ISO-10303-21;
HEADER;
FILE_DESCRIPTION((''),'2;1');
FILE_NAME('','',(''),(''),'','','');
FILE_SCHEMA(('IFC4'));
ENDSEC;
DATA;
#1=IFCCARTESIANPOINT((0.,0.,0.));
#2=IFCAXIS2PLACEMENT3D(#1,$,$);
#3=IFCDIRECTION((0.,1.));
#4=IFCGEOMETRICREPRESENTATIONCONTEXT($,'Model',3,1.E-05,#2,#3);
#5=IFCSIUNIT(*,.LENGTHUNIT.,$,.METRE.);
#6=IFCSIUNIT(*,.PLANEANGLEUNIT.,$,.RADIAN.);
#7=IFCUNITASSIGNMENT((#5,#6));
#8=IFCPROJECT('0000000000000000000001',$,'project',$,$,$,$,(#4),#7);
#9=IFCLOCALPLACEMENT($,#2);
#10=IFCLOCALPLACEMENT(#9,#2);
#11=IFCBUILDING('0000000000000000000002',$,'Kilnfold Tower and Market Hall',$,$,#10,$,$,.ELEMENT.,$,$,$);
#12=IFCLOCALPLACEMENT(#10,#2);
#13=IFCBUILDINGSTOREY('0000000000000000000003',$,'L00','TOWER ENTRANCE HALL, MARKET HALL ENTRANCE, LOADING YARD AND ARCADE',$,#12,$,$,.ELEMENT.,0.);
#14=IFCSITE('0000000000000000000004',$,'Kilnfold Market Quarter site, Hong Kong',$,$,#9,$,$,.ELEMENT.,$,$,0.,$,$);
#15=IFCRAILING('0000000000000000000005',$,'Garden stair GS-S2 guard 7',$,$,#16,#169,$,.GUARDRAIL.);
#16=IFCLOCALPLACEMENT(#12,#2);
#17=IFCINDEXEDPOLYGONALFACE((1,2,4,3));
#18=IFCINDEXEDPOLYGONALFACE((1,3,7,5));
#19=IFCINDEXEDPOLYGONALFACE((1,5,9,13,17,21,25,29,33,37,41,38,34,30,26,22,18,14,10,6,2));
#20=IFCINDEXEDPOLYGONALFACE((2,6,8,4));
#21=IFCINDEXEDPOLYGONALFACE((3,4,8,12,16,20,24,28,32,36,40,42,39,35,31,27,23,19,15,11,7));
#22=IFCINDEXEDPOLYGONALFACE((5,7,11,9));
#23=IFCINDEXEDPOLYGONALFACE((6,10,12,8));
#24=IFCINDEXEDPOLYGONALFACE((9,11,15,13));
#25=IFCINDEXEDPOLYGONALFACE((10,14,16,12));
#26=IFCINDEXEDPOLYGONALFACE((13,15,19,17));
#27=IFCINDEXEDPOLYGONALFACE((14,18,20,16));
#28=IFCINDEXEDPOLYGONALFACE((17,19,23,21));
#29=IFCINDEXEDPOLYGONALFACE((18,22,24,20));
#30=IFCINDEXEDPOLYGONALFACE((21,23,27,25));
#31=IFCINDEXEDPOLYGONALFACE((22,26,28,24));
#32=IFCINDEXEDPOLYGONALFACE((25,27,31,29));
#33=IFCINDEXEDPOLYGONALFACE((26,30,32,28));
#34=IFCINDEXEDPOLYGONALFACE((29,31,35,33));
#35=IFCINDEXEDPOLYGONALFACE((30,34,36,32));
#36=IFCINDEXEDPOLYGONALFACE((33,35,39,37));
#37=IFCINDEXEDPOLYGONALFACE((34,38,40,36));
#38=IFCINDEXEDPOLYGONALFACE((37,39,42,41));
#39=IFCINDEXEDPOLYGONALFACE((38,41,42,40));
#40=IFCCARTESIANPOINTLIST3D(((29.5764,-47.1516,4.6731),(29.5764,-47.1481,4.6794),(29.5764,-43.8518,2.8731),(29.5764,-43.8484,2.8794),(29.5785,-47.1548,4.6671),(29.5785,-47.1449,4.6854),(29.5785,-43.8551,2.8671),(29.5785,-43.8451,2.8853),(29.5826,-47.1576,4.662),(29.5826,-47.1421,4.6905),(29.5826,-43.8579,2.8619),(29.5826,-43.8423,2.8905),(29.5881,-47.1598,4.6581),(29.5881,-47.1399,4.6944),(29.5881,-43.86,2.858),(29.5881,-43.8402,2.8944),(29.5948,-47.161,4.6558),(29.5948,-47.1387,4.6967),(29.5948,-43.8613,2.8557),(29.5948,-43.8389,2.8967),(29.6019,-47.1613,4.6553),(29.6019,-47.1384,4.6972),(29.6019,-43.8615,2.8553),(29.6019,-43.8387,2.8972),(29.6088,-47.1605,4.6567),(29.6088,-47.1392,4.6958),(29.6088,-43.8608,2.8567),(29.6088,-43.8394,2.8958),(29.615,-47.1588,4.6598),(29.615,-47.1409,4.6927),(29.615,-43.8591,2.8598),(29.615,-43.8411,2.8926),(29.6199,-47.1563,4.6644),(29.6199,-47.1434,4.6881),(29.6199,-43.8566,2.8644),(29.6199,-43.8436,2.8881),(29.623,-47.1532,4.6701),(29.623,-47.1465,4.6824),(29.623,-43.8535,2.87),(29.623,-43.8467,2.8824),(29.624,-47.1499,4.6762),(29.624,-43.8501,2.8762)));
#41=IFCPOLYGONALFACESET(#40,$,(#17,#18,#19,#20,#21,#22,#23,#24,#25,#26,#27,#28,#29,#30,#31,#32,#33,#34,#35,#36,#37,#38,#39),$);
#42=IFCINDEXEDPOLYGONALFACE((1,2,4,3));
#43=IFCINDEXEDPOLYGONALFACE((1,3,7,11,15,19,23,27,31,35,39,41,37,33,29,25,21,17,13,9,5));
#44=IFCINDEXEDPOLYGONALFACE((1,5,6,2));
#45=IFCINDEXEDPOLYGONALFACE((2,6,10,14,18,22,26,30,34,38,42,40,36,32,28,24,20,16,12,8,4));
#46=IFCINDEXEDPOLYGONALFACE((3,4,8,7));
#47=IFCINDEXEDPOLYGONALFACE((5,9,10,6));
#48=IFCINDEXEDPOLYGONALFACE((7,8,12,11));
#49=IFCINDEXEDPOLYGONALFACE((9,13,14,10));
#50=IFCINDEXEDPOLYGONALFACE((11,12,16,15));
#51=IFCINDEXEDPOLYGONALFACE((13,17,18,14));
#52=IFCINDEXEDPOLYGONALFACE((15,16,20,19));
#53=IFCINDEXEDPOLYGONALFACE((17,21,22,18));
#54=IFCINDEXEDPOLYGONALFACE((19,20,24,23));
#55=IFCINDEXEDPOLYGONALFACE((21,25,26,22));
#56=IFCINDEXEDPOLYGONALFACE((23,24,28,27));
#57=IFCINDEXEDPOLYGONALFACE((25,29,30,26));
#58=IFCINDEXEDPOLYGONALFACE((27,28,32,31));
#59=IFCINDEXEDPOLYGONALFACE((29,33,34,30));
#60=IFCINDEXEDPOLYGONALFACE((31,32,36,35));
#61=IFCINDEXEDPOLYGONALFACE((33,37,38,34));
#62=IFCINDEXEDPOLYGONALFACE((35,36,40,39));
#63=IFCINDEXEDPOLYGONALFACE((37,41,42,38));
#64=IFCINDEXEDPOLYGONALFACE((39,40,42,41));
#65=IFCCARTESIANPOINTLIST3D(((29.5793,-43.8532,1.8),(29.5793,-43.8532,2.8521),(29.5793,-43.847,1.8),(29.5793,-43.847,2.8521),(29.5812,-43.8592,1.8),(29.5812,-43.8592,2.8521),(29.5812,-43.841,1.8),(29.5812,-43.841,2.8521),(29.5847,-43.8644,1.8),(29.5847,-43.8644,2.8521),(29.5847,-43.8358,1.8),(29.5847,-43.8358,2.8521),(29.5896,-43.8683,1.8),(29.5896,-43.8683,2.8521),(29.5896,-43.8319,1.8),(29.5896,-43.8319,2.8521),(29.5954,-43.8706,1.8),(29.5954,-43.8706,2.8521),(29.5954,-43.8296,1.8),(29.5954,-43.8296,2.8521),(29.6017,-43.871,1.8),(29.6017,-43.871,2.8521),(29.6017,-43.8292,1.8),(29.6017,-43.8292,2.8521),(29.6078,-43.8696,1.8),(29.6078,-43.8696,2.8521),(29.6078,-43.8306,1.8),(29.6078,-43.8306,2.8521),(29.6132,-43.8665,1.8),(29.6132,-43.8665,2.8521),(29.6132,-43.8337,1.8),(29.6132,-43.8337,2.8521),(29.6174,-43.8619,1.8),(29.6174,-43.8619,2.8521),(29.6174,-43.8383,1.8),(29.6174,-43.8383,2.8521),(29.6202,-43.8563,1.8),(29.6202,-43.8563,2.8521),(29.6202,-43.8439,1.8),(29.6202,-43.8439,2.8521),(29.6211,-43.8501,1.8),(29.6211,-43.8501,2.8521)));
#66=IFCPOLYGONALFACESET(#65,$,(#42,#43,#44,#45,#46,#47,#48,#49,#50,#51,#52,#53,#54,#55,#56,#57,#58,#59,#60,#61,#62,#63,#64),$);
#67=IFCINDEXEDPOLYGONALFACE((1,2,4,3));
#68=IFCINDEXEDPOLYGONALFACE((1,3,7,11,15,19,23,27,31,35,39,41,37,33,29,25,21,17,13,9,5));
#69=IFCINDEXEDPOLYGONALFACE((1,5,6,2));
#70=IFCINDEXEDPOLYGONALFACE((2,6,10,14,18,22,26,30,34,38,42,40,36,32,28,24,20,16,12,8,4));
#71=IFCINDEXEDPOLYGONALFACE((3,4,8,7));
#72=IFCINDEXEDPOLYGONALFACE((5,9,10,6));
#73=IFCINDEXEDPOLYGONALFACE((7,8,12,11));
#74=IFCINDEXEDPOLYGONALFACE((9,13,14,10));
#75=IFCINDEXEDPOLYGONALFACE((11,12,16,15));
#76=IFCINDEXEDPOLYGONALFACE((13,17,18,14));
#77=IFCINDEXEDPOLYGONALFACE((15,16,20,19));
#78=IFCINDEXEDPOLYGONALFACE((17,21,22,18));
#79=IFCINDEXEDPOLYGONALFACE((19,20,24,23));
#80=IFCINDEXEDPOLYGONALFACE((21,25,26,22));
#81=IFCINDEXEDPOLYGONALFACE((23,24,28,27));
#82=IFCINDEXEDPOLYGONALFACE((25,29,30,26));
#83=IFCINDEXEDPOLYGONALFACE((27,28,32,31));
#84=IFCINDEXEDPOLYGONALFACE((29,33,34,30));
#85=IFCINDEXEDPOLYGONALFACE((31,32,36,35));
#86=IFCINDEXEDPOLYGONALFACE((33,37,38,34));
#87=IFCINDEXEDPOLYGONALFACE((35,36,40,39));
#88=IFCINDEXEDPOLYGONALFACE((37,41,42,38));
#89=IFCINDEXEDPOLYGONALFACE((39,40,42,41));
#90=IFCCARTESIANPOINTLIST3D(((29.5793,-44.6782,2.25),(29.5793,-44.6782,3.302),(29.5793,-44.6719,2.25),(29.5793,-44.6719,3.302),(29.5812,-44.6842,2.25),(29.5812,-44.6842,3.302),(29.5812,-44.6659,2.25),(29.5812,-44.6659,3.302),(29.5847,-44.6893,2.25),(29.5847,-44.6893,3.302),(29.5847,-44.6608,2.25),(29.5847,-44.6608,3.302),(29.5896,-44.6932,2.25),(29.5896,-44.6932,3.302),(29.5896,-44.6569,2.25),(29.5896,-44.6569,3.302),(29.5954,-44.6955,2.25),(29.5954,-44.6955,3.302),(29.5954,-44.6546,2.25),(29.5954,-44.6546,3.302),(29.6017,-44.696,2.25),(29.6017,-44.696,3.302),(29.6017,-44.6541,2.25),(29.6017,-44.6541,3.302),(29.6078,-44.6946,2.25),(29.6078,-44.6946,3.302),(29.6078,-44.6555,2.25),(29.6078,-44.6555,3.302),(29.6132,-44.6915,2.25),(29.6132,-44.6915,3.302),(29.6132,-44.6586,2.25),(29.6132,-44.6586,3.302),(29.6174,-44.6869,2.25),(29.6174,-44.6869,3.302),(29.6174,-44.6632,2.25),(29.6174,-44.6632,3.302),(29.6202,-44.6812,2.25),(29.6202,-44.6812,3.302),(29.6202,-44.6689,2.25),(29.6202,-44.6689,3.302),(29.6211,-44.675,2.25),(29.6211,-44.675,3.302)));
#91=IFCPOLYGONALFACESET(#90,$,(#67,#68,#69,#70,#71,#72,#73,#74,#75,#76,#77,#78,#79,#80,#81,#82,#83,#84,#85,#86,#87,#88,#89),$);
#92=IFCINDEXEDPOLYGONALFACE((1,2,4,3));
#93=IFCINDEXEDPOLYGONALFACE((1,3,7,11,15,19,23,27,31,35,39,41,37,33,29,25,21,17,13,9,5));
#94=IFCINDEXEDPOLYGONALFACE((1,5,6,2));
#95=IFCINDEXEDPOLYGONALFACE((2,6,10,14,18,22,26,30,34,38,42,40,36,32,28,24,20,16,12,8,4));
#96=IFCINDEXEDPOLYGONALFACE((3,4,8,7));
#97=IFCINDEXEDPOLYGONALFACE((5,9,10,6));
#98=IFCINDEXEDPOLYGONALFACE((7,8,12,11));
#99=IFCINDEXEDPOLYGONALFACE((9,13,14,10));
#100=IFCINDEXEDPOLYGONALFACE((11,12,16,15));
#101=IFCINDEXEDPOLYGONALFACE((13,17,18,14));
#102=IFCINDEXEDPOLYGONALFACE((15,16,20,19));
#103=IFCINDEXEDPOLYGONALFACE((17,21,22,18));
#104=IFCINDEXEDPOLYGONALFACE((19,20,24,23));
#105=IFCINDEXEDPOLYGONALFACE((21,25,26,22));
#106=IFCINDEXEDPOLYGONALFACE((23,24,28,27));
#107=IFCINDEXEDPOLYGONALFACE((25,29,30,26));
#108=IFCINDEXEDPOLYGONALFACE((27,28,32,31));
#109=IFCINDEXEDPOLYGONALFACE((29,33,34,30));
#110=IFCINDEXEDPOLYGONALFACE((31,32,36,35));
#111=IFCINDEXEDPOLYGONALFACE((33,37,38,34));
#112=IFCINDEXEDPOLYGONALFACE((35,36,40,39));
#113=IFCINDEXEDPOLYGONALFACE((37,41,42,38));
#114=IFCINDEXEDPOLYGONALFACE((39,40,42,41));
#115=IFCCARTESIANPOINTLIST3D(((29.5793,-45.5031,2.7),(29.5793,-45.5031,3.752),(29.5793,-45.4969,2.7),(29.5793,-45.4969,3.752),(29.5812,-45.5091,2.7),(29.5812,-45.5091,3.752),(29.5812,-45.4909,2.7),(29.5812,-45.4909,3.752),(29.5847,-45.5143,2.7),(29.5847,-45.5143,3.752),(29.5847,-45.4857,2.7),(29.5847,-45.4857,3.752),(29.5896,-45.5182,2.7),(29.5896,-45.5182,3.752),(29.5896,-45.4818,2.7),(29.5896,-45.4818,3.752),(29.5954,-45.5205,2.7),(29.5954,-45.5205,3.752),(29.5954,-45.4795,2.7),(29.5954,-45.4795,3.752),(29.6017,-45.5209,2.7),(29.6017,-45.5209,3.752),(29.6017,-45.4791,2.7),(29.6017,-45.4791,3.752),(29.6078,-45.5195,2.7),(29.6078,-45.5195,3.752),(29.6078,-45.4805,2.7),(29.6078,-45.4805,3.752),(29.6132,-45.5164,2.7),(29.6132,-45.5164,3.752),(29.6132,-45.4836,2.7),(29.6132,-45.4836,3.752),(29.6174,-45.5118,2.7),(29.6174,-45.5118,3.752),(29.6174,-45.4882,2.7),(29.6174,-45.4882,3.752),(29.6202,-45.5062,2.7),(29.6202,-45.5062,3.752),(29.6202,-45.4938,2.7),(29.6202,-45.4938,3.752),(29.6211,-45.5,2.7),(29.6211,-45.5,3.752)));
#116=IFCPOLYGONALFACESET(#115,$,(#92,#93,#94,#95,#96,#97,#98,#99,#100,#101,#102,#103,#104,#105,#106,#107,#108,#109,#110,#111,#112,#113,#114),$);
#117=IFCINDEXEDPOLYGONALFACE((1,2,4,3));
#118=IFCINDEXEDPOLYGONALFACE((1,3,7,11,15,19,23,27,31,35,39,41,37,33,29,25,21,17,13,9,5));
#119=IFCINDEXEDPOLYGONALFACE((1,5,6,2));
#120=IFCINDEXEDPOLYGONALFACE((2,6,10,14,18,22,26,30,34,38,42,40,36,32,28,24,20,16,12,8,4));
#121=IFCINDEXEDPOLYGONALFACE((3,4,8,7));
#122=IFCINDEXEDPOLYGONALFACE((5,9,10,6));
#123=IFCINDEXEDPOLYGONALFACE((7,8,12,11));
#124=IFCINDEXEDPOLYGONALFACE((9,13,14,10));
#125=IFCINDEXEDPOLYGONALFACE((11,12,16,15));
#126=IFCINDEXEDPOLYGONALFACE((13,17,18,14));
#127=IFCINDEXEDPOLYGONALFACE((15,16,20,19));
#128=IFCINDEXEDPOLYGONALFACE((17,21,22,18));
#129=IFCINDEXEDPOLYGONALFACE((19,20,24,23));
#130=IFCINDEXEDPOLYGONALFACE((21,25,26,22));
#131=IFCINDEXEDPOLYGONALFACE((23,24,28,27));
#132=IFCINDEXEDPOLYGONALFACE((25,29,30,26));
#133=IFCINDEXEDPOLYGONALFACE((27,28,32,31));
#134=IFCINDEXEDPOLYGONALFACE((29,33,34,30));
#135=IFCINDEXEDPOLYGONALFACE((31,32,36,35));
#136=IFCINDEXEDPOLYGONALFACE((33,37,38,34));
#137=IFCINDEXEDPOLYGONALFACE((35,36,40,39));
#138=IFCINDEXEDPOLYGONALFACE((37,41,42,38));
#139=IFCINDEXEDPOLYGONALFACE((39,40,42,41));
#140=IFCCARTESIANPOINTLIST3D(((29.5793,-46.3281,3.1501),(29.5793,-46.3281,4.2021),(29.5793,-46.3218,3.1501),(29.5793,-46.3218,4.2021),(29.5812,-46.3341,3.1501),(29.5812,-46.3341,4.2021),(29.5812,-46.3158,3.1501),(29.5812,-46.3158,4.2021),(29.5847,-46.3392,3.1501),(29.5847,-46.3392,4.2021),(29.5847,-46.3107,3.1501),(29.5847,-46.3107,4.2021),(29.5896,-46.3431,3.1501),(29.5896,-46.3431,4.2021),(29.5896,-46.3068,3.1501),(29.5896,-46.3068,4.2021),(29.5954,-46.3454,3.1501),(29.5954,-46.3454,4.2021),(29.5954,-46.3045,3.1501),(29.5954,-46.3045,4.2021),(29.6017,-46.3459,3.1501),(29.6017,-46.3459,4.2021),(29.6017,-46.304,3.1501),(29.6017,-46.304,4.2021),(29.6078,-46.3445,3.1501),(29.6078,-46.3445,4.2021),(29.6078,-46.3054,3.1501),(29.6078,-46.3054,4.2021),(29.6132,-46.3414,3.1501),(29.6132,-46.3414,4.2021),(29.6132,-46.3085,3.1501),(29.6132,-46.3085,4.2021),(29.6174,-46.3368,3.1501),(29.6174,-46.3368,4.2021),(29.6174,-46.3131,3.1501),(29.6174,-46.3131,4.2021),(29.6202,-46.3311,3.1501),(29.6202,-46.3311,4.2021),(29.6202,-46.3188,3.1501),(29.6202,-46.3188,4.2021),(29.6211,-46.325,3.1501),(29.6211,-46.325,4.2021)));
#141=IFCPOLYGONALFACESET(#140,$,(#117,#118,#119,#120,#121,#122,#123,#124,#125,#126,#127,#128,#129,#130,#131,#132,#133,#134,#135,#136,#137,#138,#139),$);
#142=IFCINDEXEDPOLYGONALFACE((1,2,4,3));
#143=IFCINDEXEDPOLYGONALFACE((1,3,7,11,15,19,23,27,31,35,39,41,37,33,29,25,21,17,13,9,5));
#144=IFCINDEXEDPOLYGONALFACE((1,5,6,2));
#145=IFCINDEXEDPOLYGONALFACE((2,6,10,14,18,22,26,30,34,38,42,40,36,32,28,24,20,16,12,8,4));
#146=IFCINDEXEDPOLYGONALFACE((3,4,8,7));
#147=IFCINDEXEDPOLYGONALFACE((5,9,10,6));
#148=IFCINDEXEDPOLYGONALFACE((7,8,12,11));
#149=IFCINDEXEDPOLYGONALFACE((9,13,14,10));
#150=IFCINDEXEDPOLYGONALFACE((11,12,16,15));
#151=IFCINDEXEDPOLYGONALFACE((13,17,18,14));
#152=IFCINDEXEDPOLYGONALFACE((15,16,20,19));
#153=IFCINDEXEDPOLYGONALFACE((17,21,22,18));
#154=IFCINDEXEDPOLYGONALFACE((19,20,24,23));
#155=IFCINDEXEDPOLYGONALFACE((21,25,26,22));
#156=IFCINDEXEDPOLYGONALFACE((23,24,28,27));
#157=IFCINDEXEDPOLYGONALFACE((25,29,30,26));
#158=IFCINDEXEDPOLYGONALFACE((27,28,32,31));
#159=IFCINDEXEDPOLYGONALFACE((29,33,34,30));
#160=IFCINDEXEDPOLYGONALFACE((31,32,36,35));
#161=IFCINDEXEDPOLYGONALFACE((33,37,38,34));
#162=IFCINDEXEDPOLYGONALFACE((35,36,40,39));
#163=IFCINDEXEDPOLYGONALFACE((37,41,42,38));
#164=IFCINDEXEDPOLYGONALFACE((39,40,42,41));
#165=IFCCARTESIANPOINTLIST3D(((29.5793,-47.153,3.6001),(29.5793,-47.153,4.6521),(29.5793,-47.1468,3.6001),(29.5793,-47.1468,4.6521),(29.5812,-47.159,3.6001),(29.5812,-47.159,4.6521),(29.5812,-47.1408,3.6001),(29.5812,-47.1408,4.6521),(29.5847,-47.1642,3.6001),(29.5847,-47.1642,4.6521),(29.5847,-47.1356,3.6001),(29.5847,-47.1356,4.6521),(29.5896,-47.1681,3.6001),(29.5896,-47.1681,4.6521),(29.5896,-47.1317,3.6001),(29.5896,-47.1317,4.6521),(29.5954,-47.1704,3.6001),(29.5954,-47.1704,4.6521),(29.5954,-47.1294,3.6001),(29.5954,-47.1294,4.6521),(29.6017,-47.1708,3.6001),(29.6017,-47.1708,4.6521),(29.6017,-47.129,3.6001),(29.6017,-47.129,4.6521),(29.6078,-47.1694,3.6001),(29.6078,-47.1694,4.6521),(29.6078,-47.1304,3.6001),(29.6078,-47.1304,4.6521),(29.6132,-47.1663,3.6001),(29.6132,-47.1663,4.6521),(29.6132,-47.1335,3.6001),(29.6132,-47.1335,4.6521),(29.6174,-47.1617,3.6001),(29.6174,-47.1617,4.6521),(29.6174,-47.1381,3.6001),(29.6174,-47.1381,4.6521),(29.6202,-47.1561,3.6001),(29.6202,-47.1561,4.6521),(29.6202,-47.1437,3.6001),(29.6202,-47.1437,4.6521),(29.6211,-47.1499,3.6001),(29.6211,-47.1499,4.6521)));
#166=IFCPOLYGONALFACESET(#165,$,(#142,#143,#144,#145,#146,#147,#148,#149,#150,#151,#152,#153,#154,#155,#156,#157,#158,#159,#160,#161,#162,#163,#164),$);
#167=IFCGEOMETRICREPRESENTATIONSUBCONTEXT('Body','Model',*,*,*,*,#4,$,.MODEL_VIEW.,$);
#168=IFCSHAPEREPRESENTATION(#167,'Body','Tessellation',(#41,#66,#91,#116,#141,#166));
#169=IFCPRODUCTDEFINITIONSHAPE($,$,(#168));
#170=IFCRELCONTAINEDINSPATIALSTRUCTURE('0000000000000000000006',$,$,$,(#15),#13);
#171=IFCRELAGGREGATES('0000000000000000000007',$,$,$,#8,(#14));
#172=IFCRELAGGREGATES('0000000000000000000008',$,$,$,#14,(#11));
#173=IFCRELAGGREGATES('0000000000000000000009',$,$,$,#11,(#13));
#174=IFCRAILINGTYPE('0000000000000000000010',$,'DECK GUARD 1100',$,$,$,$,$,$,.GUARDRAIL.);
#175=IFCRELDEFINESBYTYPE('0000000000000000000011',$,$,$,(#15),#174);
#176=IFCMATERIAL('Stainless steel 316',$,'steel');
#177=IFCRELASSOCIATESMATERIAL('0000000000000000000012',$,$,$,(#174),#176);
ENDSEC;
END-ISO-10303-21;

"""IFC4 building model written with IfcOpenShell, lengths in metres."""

from ifc_helpers import new_model, si_unit, direction, frame, origin, origin_2d, place, context, subcontext, project, spatial, circle, extrude, material, type_object, element, save


model = new_model("IFC4")

# Units and contexts
model_context = context("Model", 3, precision=1e-05, world=origin(), true_north=direction((0.0, 1.0)))
body_context = subcontext(model_context, "Body", "Model", "MODEL_VIEW")
ifc_project = project(units=[si_unit("LENGTHUNIT", "METRE"), si_unit("PLANEANGLEUNIT", "RADIAN")], contexts=[model_context])

# Site, building, storey
site_placement = place(None, origin())
site = spatial("IfcSite", under=ifc_project, at=site_placement, Name="Kilnfold Market Quarter site, Hong Kong", CompositionType="ELEMENT", RefElevation=0.0)
building_placement = place(site_placement, origin())
building = spatial("IfcBuilding", under=site, at=building_placement, Name="Kilnfold Tower and Market Hall", CompositionType="ELEMENT")
storey_placement = place(building_placement, origin())
storey = spatial("IfcBuildingStorey", under=building, at=storey_placement, Name="L00", Description="TOWER ENTRANCE HALL, MARKET HALL ENTRANCE, LOADING YARD AND ARCADE", CompositionType="ELEMENT", Elevation=0.0)

# Railing
ifc_material_1 = material(Name="Stainless steel 316", Category="steel")
railing_type_1 = type_object("IfcRailingType", Name="DECK GUARD 1100", PredefinedType="GUARDRAIL", material=ifc_material_1)
railing_1_placement = place(storey_placement, frame((29.6001, -43.8501, 1.8)))
element("IfcRailing", 1, at=railing_1_placement, inside=storey, type_object=railing_type_1, Name="Garden stair GS-S2 guard 7", PredefinedType="GUARDRAIL", context=body_context, shape_type="SweptSolid", body=[
    extrude(circle(Radius=0.0239, at=origin_2d()), frame((0.0, 0.0, 1.0762), z_axis=(0.0, -0.877878, 0.478884), x_axis=(1.0, 0.0, 0.0)), (0.0, 0.0, 1.0), 3.7588),
    extrude(circle(Radius=0.021, at=origin_2d()), origin(), (0.0, 0.0, 1.0), 1.052),
    extrude(circle(Radius=0.021, at=origin_2d()), frame((0.0, -0.825, 0.45)), (0.0, 0.0, 1.0), 1.052),
    extrude(circle(Radius=0.021, at=origin_2d()), frame((0.0, -1.6499, 0.8999)), (0.0, 0.0, 1.0), 1.052),
    extrude(circle(Radius=0.021, at=origin_2d()), frame((0.0, -2.4749, 1.3501)), (0.0, 0.0, 1.0), 1.052),
    extrude(circle(Radius=0.021, at=origin_2d()), frame((0.0, -3.2998, 1.8)), (0.0, 0.0, 1.0), 1.052),
])

save(model, "model.ifc")
